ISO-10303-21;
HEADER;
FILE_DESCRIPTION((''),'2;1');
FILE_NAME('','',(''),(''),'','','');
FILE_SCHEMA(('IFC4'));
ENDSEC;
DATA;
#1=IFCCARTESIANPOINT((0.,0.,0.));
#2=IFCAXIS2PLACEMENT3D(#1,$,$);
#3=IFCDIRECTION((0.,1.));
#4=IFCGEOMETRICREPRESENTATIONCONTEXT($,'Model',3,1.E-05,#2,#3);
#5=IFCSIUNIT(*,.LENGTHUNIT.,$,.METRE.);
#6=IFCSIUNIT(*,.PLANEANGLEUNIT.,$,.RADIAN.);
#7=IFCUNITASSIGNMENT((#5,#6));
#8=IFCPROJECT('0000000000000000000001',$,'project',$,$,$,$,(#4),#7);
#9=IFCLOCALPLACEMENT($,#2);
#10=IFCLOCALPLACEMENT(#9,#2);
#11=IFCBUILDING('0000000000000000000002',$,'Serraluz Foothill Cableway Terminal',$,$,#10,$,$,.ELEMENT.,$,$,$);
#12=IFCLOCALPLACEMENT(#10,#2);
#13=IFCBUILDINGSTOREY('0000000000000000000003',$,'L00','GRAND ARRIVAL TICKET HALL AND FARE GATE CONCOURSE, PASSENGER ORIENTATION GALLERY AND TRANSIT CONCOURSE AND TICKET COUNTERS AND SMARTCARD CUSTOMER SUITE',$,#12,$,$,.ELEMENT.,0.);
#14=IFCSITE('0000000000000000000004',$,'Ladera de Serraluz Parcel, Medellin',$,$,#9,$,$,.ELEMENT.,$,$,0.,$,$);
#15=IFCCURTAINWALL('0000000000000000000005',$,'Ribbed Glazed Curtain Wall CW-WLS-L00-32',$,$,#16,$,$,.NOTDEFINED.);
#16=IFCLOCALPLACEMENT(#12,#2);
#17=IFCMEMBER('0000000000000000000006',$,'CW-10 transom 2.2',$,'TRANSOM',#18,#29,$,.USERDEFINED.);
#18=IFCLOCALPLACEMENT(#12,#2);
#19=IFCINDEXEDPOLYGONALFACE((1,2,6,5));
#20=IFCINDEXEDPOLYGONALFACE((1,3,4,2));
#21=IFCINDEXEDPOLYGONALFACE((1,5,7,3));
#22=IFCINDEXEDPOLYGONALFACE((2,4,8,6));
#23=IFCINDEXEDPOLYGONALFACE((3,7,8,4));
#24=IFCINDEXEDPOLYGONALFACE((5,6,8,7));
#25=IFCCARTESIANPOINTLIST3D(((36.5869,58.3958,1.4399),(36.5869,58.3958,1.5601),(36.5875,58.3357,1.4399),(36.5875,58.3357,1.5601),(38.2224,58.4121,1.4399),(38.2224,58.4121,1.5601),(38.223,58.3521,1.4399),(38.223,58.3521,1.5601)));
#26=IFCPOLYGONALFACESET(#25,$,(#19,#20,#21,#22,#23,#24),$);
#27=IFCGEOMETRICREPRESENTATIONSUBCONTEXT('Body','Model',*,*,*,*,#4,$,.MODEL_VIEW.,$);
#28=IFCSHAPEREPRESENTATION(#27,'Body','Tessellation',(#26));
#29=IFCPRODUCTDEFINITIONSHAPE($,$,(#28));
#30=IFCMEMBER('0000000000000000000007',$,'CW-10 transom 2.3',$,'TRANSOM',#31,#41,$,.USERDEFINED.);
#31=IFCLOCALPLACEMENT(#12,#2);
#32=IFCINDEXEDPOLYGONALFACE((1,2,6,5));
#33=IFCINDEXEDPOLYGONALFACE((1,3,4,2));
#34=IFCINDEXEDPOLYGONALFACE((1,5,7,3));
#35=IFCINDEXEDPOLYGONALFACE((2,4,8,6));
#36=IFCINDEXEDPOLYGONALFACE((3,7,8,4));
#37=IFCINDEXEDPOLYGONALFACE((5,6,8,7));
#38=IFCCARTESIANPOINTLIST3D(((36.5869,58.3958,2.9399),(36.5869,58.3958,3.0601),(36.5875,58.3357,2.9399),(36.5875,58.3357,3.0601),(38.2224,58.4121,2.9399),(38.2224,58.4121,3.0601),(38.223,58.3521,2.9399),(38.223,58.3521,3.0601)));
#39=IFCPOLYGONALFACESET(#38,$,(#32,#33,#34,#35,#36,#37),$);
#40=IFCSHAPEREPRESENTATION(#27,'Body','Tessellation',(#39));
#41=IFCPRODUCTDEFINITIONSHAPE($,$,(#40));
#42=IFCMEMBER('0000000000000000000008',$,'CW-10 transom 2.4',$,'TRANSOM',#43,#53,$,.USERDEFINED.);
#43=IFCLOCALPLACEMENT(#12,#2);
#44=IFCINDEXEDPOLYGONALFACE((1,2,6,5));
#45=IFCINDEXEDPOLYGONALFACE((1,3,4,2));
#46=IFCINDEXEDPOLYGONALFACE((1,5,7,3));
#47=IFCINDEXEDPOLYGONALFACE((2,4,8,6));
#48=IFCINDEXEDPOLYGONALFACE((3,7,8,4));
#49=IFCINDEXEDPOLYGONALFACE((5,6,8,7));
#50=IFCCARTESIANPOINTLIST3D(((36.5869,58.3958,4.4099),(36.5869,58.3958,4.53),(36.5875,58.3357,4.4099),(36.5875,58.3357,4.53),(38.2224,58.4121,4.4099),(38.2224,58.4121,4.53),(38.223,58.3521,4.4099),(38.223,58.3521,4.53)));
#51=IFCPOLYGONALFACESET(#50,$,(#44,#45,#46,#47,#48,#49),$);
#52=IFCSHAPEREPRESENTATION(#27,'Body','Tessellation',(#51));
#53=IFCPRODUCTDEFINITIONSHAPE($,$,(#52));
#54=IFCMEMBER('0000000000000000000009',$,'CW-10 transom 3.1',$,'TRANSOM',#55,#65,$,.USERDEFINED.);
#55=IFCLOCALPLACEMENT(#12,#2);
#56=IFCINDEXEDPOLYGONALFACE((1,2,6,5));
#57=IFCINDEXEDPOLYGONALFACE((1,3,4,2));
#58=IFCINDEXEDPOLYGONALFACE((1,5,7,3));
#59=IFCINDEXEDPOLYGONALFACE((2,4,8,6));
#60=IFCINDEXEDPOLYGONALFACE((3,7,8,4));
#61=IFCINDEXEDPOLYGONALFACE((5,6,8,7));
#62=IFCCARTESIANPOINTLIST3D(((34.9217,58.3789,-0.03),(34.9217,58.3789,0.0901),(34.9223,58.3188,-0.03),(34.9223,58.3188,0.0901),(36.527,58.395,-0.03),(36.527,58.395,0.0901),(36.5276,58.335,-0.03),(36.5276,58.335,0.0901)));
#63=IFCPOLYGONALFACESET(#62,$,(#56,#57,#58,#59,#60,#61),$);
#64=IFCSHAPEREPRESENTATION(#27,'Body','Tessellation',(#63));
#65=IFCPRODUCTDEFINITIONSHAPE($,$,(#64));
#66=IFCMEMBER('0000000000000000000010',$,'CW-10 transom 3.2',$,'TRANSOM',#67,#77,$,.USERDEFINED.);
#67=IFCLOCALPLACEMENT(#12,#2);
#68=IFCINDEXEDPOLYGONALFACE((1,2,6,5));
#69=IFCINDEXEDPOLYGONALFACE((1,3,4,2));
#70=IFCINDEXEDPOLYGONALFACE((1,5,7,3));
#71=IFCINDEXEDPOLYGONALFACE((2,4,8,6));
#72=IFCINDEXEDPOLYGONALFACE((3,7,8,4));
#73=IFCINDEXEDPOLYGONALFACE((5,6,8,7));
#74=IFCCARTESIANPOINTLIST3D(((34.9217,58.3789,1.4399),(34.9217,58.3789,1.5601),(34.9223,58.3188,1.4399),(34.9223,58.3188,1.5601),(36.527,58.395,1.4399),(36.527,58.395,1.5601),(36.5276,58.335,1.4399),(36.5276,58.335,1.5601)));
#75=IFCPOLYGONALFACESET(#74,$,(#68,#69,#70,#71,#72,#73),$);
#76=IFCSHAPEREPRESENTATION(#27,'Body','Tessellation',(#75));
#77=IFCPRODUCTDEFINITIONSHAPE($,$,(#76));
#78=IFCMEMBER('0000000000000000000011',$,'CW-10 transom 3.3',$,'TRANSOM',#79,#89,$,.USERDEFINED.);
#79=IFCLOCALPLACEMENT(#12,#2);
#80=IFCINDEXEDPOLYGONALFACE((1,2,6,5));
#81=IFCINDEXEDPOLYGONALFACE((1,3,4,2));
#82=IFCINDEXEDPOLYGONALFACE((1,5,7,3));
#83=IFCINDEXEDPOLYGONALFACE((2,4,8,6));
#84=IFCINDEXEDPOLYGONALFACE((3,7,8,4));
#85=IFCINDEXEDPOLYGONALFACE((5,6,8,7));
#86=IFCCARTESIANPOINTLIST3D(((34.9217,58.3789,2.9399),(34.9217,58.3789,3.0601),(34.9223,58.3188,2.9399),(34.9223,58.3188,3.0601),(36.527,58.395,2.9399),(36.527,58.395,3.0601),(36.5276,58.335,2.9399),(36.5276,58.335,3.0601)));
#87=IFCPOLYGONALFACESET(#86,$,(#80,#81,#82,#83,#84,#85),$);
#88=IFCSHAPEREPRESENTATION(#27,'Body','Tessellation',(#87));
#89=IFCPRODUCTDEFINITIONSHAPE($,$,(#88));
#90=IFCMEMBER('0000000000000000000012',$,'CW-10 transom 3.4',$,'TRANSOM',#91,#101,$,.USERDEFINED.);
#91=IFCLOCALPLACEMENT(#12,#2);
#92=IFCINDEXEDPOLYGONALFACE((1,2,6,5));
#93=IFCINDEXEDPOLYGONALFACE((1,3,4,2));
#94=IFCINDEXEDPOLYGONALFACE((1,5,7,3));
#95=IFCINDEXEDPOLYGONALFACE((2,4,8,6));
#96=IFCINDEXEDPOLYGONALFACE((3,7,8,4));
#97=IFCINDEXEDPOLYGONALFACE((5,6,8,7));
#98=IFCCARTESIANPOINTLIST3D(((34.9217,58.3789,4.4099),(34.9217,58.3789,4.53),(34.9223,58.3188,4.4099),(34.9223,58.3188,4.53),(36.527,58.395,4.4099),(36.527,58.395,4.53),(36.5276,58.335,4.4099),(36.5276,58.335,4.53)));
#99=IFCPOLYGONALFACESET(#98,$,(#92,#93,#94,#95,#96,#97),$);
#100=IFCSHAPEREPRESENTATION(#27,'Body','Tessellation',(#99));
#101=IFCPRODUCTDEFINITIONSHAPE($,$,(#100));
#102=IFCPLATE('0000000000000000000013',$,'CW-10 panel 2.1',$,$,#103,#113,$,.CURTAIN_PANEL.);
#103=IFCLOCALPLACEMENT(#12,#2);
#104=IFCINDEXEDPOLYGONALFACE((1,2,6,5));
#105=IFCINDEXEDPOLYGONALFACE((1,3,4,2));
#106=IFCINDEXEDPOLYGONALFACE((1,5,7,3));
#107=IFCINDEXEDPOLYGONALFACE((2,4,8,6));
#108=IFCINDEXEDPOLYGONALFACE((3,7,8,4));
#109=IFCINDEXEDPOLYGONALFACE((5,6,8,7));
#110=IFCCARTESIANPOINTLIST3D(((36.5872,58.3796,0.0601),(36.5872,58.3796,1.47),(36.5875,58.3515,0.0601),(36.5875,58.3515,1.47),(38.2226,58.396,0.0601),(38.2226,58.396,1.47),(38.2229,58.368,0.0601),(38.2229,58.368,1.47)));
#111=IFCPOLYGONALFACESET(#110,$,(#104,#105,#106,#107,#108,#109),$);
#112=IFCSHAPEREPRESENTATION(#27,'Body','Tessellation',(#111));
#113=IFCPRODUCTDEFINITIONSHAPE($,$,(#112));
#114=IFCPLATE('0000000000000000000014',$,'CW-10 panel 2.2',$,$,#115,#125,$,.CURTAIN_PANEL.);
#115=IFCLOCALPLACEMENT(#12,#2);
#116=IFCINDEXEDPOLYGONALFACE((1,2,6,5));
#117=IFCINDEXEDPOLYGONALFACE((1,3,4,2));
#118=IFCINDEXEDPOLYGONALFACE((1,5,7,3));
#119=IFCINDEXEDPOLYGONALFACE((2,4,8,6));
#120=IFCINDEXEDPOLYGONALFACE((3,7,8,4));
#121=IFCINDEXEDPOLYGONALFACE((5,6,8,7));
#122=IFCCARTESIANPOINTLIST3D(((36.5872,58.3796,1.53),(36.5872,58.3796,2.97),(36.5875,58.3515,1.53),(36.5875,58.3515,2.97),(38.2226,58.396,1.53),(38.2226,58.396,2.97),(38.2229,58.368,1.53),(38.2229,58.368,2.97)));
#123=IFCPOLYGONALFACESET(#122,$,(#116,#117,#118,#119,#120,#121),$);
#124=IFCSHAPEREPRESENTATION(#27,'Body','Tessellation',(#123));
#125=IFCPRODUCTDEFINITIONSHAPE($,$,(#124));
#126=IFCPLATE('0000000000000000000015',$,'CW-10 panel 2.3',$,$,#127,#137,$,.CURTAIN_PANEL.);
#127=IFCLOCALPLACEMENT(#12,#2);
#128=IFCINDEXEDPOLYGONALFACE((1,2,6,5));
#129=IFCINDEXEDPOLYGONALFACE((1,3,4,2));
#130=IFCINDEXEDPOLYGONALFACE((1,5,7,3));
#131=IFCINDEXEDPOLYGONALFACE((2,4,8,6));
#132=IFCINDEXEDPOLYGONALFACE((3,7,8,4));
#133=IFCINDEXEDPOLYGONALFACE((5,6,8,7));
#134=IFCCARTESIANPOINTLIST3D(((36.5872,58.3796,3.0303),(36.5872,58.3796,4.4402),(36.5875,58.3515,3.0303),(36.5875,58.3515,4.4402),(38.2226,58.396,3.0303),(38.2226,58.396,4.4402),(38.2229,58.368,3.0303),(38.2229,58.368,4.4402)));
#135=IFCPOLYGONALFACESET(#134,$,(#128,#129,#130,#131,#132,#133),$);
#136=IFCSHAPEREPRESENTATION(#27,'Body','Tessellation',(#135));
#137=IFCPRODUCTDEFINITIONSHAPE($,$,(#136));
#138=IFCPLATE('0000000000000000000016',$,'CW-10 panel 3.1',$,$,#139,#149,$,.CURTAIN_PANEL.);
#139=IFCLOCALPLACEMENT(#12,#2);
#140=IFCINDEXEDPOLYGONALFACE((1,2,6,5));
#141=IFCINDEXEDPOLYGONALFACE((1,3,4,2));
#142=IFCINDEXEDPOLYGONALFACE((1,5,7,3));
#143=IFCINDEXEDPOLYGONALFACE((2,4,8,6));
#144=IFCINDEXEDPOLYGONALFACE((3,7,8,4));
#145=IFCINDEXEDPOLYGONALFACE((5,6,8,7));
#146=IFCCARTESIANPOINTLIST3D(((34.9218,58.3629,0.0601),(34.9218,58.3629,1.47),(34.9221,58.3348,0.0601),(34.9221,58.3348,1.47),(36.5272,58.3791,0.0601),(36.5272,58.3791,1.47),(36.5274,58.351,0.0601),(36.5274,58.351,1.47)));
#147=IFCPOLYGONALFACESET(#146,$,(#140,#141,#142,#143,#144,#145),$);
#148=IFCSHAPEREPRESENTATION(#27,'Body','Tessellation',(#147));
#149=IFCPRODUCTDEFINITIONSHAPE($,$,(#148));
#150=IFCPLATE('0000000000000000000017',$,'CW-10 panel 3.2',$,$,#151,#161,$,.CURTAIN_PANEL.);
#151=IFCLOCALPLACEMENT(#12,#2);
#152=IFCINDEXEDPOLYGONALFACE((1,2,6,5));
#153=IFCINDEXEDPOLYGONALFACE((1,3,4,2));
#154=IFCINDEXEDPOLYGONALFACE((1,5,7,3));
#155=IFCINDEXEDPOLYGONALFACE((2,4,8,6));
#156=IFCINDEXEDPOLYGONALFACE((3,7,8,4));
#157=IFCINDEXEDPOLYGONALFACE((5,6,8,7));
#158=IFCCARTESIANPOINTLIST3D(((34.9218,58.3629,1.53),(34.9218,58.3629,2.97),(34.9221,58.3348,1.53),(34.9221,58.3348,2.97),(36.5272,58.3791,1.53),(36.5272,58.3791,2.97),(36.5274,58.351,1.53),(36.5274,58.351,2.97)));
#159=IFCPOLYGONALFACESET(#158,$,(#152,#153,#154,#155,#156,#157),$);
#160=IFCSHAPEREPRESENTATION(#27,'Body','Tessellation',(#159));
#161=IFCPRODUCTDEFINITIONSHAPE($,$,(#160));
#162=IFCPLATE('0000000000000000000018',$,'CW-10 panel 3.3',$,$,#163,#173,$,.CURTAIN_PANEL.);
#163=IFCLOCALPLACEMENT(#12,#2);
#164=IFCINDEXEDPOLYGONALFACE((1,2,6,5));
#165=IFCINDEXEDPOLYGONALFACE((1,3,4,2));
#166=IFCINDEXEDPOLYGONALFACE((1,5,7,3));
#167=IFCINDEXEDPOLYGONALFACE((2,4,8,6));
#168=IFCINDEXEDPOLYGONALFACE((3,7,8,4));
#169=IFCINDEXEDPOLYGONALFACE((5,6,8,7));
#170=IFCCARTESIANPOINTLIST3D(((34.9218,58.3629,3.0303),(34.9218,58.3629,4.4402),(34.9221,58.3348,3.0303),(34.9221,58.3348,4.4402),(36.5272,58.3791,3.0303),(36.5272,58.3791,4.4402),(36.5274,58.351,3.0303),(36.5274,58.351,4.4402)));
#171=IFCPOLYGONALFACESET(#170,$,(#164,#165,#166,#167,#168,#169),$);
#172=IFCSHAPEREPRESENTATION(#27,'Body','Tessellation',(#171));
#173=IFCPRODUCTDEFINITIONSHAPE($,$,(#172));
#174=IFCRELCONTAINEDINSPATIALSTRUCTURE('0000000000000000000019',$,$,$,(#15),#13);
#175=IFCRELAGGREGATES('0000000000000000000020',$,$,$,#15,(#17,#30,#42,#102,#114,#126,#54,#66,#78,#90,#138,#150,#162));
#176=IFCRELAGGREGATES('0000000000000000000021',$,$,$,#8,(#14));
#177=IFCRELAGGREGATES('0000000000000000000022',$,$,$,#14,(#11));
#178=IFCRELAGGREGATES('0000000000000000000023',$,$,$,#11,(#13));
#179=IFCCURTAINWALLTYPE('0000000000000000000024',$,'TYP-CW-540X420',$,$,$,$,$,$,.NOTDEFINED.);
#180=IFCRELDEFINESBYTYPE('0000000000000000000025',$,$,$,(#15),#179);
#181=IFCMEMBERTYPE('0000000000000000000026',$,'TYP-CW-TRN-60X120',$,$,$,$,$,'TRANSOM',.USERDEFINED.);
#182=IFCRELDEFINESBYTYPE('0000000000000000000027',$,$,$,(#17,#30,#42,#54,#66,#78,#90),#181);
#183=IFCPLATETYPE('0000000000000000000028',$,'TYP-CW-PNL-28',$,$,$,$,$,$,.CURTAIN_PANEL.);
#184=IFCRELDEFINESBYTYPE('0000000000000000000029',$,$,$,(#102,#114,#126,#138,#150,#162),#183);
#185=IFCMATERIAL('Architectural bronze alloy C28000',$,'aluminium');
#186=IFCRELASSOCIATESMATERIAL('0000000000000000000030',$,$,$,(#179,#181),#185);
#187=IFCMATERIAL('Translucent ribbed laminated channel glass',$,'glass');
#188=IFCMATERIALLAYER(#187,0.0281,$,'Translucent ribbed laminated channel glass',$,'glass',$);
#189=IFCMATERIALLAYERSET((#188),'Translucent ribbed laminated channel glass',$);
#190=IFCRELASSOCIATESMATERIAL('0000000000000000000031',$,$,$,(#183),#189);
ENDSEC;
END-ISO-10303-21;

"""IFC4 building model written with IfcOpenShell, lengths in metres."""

from ifc_helpers import new_model, si_unit, direction, frame, origin, origin_2d, place, context, subcontext, project, spatial, rectangle, extrude, material, layer, layer_set, material_profile, profile_set, type_object, element, aggregate, save


model = new_model("IFC4")

# Units and contexts
model_context = context("Model", 3, precision=1e-05, world=origin(), true_north=direction((0.0, 1.0)))
body_context = subcontext(model_context, "Body", "Model", "MODEL_VIEW")
ifc_project = project(units=[si_unit("LENGTHUNIT", "METRE"), si_unit("PLANEANGLEUNIT", "RADIAN")], contexts=[model_context])

# Site, building, storey
site_placement = place(None, origin())
site = spatial("IfcSite", under=ifc_project, at=site_placement, Name="Ladera de Serraluz Parcel, Medellin", CompositionType="ELEMENT", RefElevation=0.0)
building_placement = place(site_placement, origin())
building = spatial("IfcBuilding", under=site, at=building_placement, Name="Serraluz Foothill Cableway Terminal", CompositionType="ELEMENT")
storey_placement = place(building_placement, origin())
storey = spatial("IfcBuildingStorey", under=building, at=storey_placement, Name="L00", Description="GRAND ARRIVAL TICKET HALL AND FARE GATE CONCOURSE, PASSENGER ORIENTATION GALLERY AND TRANSIT CONCOURSE AND TICKET COUNTERS AND SMARTCARD CUSTOMER SUITE", CompositionType="ELEMENT", Elevation=0.0)

# Curtain wall, members, plates
ifc_material_1 = material(Name="Architectural bronze alloy C28000", Category="aluminium")
curtain_wall_type = type_object("IfcCurtainWallType", Name="TYP-CW-540X420", PredefinedType="NOTDEFINED", material=ifc_material_1)
curtain_wall_placement = place(storey_placement, origin())
curtain_wall = element("IfcCurtainWall", 1, at=curtain_wall_placement, inside=storey, type_object=curtain_wall_type, Name="Ribbed Glazed Curtain Wall CW-WLS-L00-32", PredefinedType="NOTDEFINED")
ifc_material_profile_1 = material_profile(ifc_material_1, rectangle(XDim=0.0601, YDim=0.1201, at=origin_2d()), Name="ALU TRANSOM 60x120")
ifc_profile_set_1 = profile_set([ifc_material_profile_1], Name="Architectural bronze alloy C28000")
member_type_1 = type_object("IfcMemberType", Name="TYP-CW-TRN-60X120", ElementType="TRANSOM", PredefinedType="USERDEFINED", material=ifc_profile_set_1)
member_1_placement = place(storey_placement, frame((38.2227, 58.3821, 1.5), z_axis=(-0.99995, -0.010001, 0.0), x_axis=(0.010001, -0.99995, 0.0)))
member_1 = element("IfcMember", 2, at=member_1_placement, type_object=member_type_1, Name="CW-10 transom 2.2", ObjectType="TRANSOM", PredefinedType="USERDEFINED", context=body_context, shape_type="SweptSolid", body=[
    extrude(rectangle(XDim=0.0601, YDim=0.1201, at=origin_2d()), origin(), (0.0, 0.0, 1.0), 1.6355),
])
member_2_placement = place(storey_placement, frame((38.2227, 58.3821, 3.0), z_axis=(-0.99995, -0.010001, 0.0), x_axis=(0.010001, -0.99995, 0.0)))
member_2 = element("IfcMember", 3, at=member_2_placement, type_object=member_type_1, Name="CW-10 transom 2.3", ObjectType="TRANSOM", PredefinedType="USERDEFINED", context=body_context, shape_type="SweptSolid", body=[
    extrude(rectangle(XDim=0.0601, YDim=0.1201, at=origin_2d()), origin(), (0.0, 0.0, 1.0), 1.6355),
])
member_3_placement = place(storey_placement, frame((38.2227, 58.3821, 4.47), z_axis=(-0.99995, -0.010001, 0.0), x_axis=(0.010001, -0.99995, 0.0)))
member_3 = element("IfcMember", 4, at=member_3_placement, type_object=member_type_1, Name="CW-10 transom 2.4", ObjectType="TRANSOM", PredefinedType="USERDEFINED", context=body_context, shape_type="SweptSolid", body=[
    extrude(rectangle(XDim=0.0601, YDim=0.1201, at=origin_2d()), origin(), (0.0, 0.0, 1.0), 1.6355),
])
member_4_placement = place(storey_placement, frame((36.5273, 58.365, 0.03), z_axis=(-0.99995, -0.010036, 0.0), x_axis=(0.010036, -0.99995, 0.0)))
member_4 = element("IfcMember", 5, at=member_4_placement, type_object=member_type_1, Name="CW-10 transom 3.1", ObjectType="TRANSOM", PredefinedType="USERDEFINED", context=body_context, shape_type="SweptSolid", body=[
    extrude(rectangle(XDim=0.0601, YDim=0.1201, at=origin_2d()), origin(), (0.0, 0.0, 1.0), 1.6055),
])
member_5_placement = place(storey_placement, frame((36.5273, 58.365, 1.5), z_axis=(-0.99995, -0.010036, 0.0), x_axis=(0.010036, -0.99995, 0.0)))
member_5 = element("IfcMember", 6, at=member_5_placement, type_object=member_type_1, Name="CW-10 transom 3.2", ObjectType="TRANSOM", PredefinedType="USERDEFINED", context=body_context, shape_type="SweptSolid", body=[
    extrude(rectangle(XDim=0.0601, YDim=0.1201, at=origin_2d()), origin(), (0.0, 0.0, 1.0), 1.6055),
])
member_6_placement = place(storey_placement, frame((36.5273, 58.365, 3.0), z_axis=(-0.99995, -0.010036, 0.0), x_axis=(0.010036, -0.99995, 0.0)))
member_6 = element("IfcMember", 7, at=member_6_placement, type_object=member_type_1, Name="CW-10 transom 3.3", ObjectType="TRANSOM", PredefinedType="USERDEFINED", context=body_context, shape_type="SweptSolid", body=[
    extrude(rectangle(XDim=0.0601, YDim=0.1201, at=origin_2d()), origin(), (0.0, 0.0, 1.0), 1.6055),
])
member_7_placement = place(storey_placement, frame((36.5273, 58.365, 4.47), z_axis=(-0.99995, -0.010036, 0.0), x_axis=(0.010036, -0.99995, 0.0)))
member_7 = element("IfcMember", 8, at=member_7_placement, type_object=member_type_1, Name="CW-10 transom 3.4", ObjectType="TRANSOM", PredefinedType="USERDEFINED", context=body_context, shape_type="SweptSolid", body=[
    extrude(rectangle(XDim=0.0601, YDim=0.1201, at=origin_2d()), origin(), (0.0, 0.0, 1.0), 1.6055),
])
ifc_material_2 = material(Name="Translucent ribbed laminated channel glass", Category="glass")
ifc_layer = layer(ifc_material_2, 0.0281, Name="Translucent ribbed laminated channel glass", Category="glass")
ifc_layer_set = layer_set([ifc_layer], Name="Translucent ribbed laminated channel glass")
plate_type = type_object("IfcPlateType", Name="TYP-CW-PNL-28", PredefinedType="CURTAIN_PANEL", material=ifc_layer_set)
plate_1_placement = place(storey_placement, frame((37.405, 58.3738, 0.0601), z_axis=(0.0, 0.0, 1.0), x_axis=(-0.999949, -0.010066, 0.0)))
plate_1 = element("IfcPlate", 9, at=plate_1_placement, type_object=plate_type, Name="CW-10 panel 2.1", PredefinedType="CURTAIN_PANEL", context=body_context, shape_type="SweptSolid", body=[
    extrude(rectangle(XDim=1.6355, YDim=0.0281, at=origin_2d()), origin(), (0.0, 0.0, 1.0), 1.4099),
])
plate_2_placement = place(storey_placement, frame((37.405, 58.3738, 1.53), z_axis=(0.0, 0.0, 1.0), x_axis=(-0.999949, -0.010066, 0.0)))
plate_2 = element("IfcPlate", 10, at=plate_2_placement, type_object=plate_type, Name="CW-10 panel 2.2", PredefinedType="CURTAIN_PANEL", context=body_context, shape_type="SweptSolid", body=[
    extrude(rectangle(XDim=1.6355, YDim=0.0281, at=origin_2d()), origin(), (0.0, 0.0, 1.0), 1.4399),
])
plate_3_placement = place(storey_placement, frame((37.405, 58.3738, 3.0303), z_axis=(0.0, 0.0, 1.0), x_axis=(-0.999949, -0.010066, 0.0)))
plate_3 = element("IfcPlate", 11, at=plate_3_placement, type_object=plate_type, Name="CW-10 panel 2.3", PredefinedType="CURTAIN_PANEL", context=body_context, shape_type="SweptSolid", body=[
    extrude(rectangle(XDim=1.6355, YDim=0.0281, at=origin_2d()), origin(), (0.0, 0.0, 1.0), 1.4099),
])
plate_4_placement = place(storey_placement, frame((35.7246, 58.3569, 0.0601), z_axis=(0.0, 0.0, 1.0), x_axis=(-0.999949, -0.010066, 0.0)))
plate_4 = element("IfcPlate", 12, at=plate_4_placement, type_object=plate_type, Name="CW-10 panel 3.1", PredefinedType="CURTAIN_PANEL", context=body_context, shape_type="SweptSolid", body=[
    extrude(rectangle(XDim=1.6055, YDim=0.0281, at=origin_2d()), origin(), (0.0, 0.0, 1.0), 1.4099),
])
plate_5_placement = place(storey_placement, frame((35.7246, 58.3569, 1.53), z_axis=(0.0, 0.0, 1.0), x_axis=(-0.999949, -0.010066, 0.0)))
plate_5 = element("IfcPlate", 13, at=plate_5_placement, type_object=plate_type, Name="CW-10 panel 3.2", PredefinedType="CURTAIN_PANEL", context=body_context, shape_type="SweptSolid", body=[
    extrude(rectangle(XDim=1.6055, YDim=0.0281, at=origin_2d()), origin(), (0.0, 0.0, 1.0), 1.4399),
])
plate_6_placement = place(storey_placement, frame((35.7246, 58.3569, 3.0303), z_axis=(0.0, 0.0, 1.0), x_axis=(-0.999949, -0.010066, 0.0)))
plate_6 = element("IfcPlate", 14, at=plate_6_placement, type_object=plate_type, Name="CW-10 panel 3.3", PredefinedType="CURTAIN_PANEL", context=body_context, shape_type="SweptSolid", body=[
    extrude(rectangle(XDim=1.6055, YDim=0.0281, at=origin_2d()), origin(), (0.0, 0.0, 1.0), 1.4099),
])
aggregate(curtain_wall, [member_1, member_2, member_3, plate_1, plate_2, plate_3, member_4, member_5, member_6, member_7, plate_4, plate_5, plate_6])

save(model, "model.ifc")
